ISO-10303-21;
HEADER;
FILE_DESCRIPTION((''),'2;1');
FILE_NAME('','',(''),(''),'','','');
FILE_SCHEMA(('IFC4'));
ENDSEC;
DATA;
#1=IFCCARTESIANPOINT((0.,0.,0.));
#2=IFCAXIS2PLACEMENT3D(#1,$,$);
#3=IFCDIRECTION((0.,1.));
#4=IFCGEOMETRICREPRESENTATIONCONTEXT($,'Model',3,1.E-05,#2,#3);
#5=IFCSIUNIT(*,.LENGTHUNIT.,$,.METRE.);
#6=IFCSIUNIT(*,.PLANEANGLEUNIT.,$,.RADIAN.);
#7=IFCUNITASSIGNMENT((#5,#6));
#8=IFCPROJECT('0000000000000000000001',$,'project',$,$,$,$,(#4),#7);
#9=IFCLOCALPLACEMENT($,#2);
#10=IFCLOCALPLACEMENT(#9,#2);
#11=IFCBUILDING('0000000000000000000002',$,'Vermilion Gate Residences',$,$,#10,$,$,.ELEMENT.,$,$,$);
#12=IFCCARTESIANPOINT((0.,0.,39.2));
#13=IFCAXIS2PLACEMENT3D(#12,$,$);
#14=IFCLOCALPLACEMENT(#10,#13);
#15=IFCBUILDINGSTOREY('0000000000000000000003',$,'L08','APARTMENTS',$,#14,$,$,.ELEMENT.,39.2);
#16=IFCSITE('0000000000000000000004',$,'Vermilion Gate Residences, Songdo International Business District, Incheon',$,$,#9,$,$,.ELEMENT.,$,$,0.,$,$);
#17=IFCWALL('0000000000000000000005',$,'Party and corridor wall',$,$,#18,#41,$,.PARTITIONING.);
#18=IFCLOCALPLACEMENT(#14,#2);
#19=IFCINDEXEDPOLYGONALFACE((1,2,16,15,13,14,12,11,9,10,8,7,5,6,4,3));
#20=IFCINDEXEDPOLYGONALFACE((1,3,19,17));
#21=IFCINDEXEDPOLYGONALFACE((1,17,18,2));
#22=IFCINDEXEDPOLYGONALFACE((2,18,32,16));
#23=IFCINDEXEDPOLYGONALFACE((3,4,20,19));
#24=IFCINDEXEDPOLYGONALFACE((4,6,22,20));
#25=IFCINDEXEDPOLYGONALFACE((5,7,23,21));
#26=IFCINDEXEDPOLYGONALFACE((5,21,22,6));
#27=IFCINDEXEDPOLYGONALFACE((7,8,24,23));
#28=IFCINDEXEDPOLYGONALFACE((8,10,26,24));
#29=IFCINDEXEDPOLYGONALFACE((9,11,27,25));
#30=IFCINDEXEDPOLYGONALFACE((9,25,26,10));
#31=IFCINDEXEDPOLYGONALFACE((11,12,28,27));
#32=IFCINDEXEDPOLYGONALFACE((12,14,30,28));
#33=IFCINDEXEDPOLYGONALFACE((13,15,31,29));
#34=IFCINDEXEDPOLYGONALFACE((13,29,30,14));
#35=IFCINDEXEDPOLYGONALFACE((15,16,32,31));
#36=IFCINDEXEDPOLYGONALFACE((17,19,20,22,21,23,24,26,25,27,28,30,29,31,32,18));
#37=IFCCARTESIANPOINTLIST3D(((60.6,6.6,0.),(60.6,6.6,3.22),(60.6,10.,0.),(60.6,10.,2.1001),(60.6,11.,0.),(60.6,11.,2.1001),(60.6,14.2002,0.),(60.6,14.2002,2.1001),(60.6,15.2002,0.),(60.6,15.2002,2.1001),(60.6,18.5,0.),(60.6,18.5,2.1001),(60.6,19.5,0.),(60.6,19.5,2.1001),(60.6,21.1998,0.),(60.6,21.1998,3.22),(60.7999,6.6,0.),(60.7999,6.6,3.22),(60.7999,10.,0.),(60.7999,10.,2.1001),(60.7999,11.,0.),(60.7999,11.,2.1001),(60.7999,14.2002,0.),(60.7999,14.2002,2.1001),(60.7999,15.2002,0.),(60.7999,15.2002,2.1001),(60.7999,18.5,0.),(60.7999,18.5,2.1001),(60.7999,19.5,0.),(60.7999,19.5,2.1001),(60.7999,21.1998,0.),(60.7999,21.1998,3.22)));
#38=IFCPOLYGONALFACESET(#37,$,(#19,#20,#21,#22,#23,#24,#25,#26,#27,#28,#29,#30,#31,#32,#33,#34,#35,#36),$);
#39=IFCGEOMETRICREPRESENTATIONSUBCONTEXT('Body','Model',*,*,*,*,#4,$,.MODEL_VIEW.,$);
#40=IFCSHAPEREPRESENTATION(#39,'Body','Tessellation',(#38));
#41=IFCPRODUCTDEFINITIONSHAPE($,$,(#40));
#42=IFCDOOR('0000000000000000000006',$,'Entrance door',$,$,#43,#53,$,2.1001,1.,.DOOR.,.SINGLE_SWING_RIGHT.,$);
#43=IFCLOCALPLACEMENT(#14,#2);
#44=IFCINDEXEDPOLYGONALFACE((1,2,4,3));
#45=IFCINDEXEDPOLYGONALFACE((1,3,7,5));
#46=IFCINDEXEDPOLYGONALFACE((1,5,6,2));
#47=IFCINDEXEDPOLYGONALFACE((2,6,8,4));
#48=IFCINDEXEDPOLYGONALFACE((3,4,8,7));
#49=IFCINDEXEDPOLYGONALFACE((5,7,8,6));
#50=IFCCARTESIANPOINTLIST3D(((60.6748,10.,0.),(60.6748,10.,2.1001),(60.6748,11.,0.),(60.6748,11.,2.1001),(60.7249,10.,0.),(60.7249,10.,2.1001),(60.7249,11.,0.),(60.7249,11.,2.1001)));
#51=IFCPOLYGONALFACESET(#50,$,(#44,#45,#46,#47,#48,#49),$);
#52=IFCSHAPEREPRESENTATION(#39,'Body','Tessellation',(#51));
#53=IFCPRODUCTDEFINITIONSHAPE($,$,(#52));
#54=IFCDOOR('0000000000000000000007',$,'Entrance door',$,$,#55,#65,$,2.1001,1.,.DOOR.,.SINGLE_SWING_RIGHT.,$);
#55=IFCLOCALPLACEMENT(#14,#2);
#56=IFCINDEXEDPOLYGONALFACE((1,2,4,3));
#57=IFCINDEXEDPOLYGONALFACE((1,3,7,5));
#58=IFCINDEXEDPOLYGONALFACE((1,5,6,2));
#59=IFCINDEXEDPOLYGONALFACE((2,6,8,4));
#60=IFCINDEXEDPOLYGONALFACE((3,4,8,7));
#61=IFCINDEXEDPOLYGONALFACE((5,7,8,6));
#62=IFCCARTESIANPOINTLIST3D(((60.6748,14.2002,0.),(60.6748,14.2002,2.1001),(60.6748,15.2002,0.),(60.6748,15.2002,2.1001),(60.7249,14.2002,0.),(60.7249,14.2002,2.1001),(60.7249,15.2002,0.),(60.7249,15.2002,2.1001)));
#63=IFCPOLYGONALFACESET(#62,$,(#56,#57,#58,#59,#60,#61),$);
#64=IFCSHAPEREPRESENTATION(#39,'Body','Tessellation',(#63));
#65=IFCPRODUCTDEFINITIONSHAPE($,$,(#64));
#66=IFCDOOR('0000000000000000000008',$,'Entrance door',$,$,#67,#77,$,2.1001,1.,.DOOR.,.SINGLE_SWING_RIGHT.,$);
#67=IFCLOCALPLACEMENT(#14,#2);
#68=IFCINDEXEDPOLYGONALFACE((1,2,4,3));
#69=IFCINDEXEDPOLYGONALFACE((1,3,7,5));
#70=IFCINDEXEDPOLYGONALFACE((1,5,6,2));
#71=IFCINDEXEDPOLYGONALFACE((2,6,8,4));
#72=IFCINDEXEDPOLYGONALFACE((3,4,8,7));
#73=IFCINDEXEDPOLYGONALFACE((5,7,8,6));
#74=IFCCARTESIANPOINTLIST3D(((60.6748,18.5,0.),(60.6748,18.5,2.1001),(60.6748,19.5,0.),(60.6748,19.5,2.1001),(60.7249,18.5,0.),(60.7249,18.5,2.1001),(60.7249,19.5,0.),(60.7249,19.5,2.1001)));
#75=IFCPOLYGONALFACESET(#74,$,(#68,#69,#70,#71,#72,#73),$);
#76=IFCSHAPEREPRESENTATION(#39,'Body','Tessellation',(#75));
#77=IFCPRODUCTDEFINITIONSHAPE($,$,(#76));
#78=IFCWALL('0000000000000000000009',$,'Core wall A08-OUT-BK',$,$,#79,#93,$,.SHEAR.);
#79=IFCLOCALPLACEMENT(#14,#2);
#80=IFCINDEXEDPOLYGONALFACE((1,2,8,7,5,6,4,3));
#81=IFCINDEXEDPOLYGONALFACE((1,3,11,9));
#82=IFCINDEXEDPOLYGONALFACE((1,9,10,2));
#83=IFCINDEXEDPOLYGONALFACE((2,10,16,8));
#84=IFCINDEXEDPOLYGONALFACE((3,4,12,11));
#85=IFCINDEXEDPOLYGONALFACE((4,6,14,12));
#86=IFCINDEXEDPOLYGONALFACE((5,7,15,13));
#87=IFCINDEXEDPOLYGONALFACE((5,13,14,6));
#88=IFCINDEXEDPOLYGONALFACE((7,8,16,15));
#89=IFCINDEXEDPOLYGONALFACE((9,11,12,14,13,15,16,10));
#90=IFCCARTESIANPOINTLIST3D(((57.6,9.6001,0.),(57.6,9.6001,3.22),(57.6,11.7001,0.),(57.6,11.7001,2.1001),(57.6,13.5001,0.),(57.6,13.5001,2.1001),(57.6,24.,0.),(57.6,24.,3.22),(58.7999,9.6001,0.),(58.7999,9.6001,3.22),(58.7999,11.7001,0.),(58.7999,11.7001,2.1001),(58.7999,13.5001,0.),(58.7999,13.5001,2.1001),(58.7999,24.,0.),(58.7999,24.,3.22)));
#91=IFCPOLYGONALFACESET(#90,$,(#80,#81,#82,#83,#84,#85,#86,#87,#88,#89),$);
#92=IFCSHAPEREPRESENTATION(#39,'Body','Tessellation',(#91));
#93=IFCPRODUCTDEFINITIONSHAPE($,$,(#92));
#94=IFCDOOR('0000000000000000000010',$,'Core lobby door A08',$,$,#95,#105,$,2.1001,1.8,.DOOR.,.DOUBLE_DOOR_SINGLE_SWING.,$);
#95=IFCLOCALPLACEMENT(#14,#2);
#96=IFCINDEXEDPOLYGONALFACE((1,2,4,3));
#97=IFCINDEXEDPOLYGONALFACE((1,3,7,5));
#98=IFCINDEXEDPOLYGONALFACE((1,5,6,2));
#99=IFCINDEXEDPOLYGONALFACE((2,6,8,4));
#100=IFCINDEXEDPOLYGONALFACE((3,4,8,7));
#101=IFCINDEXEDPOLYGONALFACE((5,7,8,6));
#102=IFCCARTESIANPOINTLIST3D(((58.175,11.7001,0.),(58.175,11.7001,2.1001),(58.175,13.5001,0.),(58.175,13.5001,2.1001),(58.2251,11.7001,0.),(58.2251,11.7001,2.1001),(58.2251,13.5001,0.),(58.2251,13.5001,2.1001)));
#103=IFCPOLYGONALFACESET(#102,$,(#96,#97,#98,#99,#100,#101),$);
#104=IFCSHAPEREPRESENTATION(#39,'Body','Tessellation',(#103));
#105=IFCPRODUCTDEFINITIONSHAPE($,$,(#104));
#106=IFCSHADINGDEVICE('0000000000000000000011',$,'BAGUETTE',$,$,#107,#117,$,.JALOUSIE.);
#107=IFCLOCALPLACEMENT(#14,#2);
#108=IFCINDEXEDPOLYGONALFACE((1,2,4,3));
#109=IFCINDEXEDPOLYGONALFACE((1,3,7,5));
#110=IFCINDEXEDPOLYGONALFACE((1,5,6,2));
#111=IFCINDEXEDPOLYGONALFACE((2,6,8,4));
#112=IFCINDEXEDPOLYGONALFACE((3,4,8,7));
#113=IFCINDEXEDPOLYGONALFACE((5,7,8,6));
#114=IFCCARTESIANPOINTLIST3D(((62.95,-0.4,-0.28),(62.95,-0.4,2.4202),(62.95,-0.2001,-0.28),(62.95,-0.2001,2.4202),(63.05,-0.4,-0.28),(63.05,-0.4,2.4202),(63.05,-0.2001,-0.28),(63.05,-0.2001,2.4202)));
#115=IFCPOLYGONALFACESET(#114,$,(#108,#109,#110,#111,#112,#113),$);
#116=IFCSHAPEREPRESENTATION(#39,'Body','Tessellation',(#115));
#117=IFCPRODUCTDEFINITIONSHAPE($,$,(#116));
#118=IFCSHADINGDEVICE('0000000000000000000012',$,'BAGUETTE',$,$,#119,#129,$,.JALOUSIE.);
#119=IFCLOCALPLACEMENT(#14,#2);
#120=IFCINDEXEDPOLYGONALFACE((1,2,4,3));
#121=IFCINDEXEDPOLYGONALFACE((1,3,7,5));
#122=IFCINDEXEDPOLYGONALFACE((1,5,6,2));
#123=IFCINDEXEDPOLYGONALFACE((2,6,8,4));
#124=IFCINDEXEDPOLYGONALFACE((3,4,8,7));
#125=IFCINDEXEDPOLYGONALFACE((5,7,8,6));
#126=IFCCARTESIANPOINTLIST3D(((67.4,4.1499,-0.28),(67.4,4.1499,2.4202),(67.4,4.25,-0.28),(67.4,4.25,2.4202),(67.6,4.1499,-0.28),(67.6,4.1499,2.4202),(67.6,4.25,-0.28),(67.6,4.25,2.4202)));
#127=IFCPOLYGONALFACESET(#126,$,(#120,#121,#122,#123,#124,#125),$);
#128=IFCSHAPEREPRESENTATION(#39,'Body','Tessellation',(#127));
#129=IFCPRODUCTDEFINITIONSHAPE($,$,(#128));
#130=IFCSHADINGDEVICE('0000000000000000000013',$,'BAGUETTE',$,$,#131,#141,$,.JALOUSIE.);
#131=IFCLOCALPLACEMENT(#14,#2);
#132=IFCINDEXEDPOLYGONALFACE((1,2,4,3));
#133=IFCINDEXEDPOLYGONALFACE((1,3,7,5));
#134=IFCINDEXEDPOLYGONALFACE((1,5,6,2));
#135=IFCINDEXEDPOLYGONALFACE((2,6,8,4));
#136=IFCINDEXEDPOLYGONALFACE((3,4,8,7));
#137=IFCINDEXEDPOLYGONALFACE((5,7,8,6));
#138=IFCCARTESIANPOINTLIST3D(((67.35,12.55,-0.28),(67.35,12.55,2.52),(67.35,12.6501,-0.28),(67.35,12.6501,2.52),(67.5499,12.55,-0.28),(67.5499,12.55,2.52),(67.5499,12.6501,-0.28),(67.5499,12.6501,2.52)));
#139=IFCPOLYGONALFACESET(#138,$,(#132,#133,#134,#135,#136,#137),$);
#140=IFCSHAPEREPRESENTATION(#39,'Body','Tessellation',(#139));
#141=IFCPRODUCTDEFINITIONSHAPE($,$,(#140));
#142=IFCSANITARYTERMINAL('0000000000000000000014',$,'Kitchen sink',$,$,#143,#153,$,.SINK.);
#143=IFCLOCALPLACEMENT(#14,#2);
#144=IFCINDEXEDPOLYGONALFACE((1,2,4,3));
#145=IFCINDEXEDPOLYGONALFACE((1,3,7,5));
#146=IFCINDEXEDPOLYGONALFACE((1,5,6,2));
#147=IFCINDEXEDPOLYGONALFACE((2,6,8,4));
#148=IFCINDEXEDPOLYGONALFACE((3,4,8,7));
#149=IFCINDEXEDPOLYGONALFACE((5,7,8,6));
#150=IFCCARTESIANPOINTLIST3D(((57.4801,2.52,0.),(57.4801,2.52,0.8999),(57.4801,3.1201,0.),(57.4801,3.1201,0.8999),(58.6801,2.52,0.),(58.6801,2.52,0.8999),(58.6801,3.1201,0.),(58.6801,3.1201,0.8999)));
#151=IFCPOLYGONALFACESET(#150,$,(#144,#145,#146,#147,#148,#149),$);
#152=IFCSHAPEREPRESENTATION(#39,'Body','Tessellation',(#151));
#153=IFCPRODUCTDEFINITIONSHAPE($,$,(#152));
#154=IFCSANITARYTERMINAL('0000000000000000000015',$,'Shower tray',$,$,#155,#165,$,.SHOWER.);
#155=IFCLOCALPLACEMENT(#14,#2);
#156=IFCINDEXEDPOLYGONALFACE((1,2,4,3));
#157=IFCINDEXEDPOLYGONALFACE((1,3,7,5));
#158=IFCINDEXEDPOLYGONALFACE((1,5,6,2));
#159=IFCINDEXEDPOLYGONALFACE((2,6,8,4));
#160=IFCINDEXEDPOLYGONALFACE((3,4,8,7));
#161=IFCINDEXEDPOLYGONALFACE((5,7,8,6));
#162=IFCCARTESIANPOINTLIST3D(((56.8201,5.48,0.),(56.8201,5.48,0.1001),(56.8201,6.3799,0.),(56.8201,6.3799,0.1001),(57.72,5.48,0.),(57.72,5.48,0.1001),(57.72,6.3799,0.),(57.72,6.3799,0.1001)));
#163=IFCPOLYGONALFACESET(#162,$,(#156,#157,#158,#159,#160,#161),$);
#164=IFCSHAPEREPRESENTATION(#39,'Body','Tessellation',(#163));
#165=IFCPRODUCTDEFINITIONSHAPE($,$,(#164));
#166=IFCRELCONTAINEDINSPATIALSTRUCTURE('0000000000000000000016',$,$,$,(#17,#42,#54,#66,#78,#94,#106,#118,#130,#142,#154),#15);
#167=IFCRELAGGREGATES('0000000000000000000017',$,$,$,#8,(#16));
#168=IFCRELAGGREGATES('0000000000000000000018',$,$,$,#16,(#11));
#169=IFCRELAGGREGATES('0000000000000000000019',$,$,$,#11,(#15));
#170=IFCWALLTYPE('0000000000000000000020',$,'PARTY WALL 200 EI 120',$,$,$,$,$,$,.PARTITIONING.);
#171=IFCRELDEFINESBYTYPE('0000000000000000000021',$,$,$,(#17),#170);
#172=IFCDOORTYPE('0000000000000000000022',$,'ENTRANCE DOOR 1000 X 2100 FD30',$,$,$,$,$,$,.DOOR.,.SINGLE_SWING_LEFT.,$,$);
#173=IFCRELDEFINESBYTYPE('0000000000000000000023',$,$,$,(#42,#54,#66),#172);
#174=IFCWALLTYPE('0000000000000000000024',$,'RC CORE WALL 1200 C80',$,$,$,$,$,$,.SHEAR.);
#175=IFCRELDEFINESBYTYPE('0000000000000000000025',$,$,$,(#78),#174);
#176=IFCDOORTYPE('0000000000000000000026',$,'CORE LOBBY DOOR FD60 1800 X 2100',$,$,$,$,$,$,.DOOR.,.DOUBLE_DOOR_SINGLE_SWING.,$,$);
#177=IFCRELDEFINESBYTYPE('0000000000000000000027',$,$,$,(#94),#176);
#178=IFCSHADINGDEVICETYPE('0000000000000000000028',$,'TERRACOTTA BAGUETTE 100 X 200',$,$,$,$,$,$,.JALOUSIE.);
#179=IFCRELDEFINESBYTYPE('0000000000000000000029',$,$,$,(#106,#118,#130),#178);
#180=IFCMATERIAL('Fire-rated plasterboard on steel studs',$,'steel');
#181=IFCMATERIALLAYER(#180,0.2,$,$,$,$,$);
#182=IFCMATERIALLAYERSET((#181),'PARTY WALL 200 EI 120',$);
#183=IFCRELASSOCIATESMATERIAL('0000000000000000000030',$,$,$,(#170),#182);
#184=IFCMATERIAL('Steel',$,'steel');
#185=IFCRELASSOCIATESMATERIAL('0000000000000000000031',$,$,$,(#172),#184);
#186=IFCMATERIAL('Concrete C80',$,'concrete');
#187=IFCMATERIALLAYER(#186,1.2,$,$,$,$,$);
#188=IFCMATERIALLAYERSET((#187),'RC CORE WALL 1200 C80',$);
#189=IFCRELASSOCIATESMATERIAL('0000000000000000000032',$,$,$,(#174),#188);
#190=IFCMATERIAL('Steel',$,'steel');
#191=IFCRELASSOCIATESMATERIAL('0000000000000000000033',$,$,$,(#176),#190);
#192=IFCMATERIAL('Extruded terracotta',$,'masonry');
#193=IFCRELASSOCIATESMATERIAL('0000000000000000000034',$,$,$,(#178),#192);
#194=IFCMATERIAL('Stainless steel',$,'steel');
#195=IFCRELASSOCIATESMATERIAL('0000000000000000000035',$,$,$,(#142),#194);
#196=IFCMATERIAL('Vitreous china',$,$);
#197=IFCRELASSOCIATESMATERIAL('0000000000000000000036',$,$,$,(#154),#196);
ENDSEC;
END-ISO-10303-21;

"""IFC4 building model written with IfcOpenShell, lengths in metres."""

from ifc_helpers import new_model, si_unit, direction, frame, frame_2d, origin, origin_2d, place, context, subcontext, project, spatial, rectangle, extrude, material, layer, layer_set, material_profile, profile_set, type_object, element, fill, save


model = new_model("IFC4")

# Units and contexts
model_context = context("Model", 3, precision=1e-05, world=origin(), true_north=direction((0.0, 1.0)))
body_context = subcontext(model_context, "Body", "Model", "MODEL_VIEW")
ifc_project = project(units=[si_unit("LENGTHUNIT", "METRE"), si_unit("PLANEANGLEUNIT", "RADIAN")], contexts=[model_context])

# Site, building, storey
site_placement = place(None, origin())
site = spatial("IfcSite", under=ifc_project, at=site_placement, Name="Vermilion Gate Residences, Songdo International Business District, Incheon", CompositionType="ELEMENT", RefElevation=0.0)
building_placement = place(site_placement, origin())
building = spatial("IfcBuilding", under=site, at=building_placement, Name="Vermilion Gate Residences", CompositionType="ELEMENT")
storey_placement = place(building_placement, frame((0.0, 0.0, 39.2)))
storey = spatial("IfcBuildingStorey", under=building, at=storey_placement, Name="L08", Description="APARTMENTS", CompositionType="ELEMENT", Elevation=39.2)

# Shared definitions
ifc_material_1 = material(Name="Fire-rated plasterboard on steel studs", Category="steel")
ifc_layer_1 = layer(ifc_material_1, 0.2)
ifc_layer_set_1 = layer_set([ifc_layer_1], Name="PARTY WALL 200 EI 120")
wall_type_1 = type_object("IfcWallType", Name="PARTY WALL 200 EI 120", PredefinedType="PARTITIONING", material=ifc_layer_set_1)

# Wall, openings, doors
wall_1_placement = place(storey_placement, frame((60.7, 6.6001, 0.0), z_axis=(0.0, 0.0, 1.0), x_axis=(0.0, 1.0, 0.0)))
wall_1 = element("IfcWall", 1, at=wall_1_placement, inside=storey, type_object=wall_type_1, Name="Party and corridor wall", PredefinedType="PARTITIONING", context=body_context, shape_type="SweptSolid", body=[
    extrude(rectangle(XDim=14.5999, YDim=0.2, at=frame_2d((7.2998, 0.0))), origin(), (0.0, 0.0, 1.0), 3.22),
])
opening_1_placement = place(wall_1_placement, frame((3.3999, 0.0, 0.0)))
opening_1 = element("IfcOpeningElement", 2, at=opening_1_placement, cuts=wall_1, PredefinedType="OPENING", context=body_context, shape_type="SweptSolid", body=[
    extrude(rectangle(XDim=1.0, YDim=2.1001, at=frame_2d((0.5, 1.05))), frame((0.0, 0.1099, 0.0), z_axis=(0.0, -1.0, 0.0), x_axis=(1.0, 0.0, 0.0)), (0.0, 0.0, 1.0), 0.22),
])
opening_2_placement = place(wall_1_placement, frame((7.6001, 0.0, 0.0)))
opening_2 = element("IfcOpeningElement", 3, at=opening_2_placement, cuts=wall_1, PredefinedType="OPENING", context=body_context, shape_type="SweptSolid", body=[
    extrude(rectangle(XDim=1.0, YDim=2.1001, at=frame_2d((0.5, 1.05))), frame((0.0, 0.1099, 0.0), z_axis=(0.0, -1.0, 0.0), x_axis=(1.0, 0.0, 0.0)), (0.0, 0.0, 1.0), 0.22),
])
opening_3_placement = place(wall_1_placement, frame((11.8999, 0.0, 0.0)))
opening_3 = element("IfcOpeningElement", 4, at=opening_3_placement, cuts=wall_1, PredefinedType="OPENING", context=body_context, shape_type="SweptSolid", body=[
    extrude(rectangle(XDim=1.0, YDim=2.1001, at=frame_2d((0.5, 1.05))), frame((0.0, 0.1099, 0.0), z_axis=(0.0, -1.0, 0.0), x_axis=(1.0, 0.0, 0.0)), (0.0, 0.0, 1.0), 0.22),
])
ifc_material_2 = material(Name="Steel", Category="steel")
door_type_1 = type_object("IfcDoorType", Name="ENTRANCE DOOR 1000 X 2100 FD30", OperationType="SINGLE_SWING_LEFT", PredefinedType="DOOR", material=ifc_material_2)
door_1_placement = place(opening_1_placement, frame((1.0, 0.0, 0.0), z_axis=(0.0, 0.0, 1.0), x_axis=(-1.0, 0.0, 0.0)))
door_1 = element("IfcDoor", 5, at=door_1_placement, inside=storey, type_object=door_type_1, Name="Entrance door", OperationType="SINGLE_SWING_RIGHT", OverallHeight=2.1001, OverallWidth=1.0, PredefinedType="DOOR", context=body_context, shape_type="SweptSolid", body=[
    extrude(rectangle(XDim=1.0, YDim=2.1001, at=frame_2d((0.5, 1.05))), frame((0.0, 0.0249, 0.0), z_axis=(0.0, -1.0, 0.0), x_axis=(1.0, 0.0, 0.0)), (0.0, 0.0, 1.0), 0.05),
])
fill(opening_1, door_1)
door_2_placement = place(opening_2_placement, frame((1.0, 0.0, 0.0), z_axis=(0.0, 0.0, 1.0), x_axis=(-1.0, 0.0, 0.0)))
door_2 = element("IfcDoor", 6, at=door_2_placement, inside=storey, type_object=door_type_1, Name="Entrance door", OperationType="SINGLE_SWING_RIGHT", OverallHeight=2.1001, OverallWidth=1.0, PredefinedType="DOOR", context=body_context, shape_type="SweptSolid", body=[
    extrude(rectangle(XDim=1.0, YDim=2.1001, at=frame_2d((0.5, 1.05))), frame((0.0, 0.0249, 0.0), z_axis=(0.0, -1.0, 0.0), x_axis=(1.0, 0.0, 0.0)), (0.0, 0.0, 1.0), 0.05),
])
fill(opening_2, door_2)
door_3_placement = place(opening_3_placement, frame((1.0, 0.0, 0.0), z_axis=(0.0, 0.0, 1.0), x_axis=(-1.0, 0.0, 0.0)))
door_3 = element("IfcDoor", 7, at=door_3_placement, inside=storey, type_object=door_type_1, Name="Entrance door", OperationType="SINGLE_SWING_RIGHT", OverallHeight=2.1001, OverallWidth=1.0, PredefinedType="DOOR", context=body_context, shape_type="SweptSolid", body=[
    extrude(rectangle(XDim=1.0, YDim=2.1001, at=frame_2d((0.5, 1.05))), frame((0.0, 0.0249, 0.0), z_axis=(0.0, -1.0, 0.0), x_axis=(1.0, 0.0, 0.0)), (0.0, 0.0, 1.0), 0.05),
])
fill(opening_3, door_3)

# Wall, opening, door
ifc_material_3 = material(Name="Concrete C80", Category="concrete")
ifc_layer_2 = layer(ifc_material_3, 1.2)
ifc_layer_set_2 = layer_set([ifc_layer_2], Name="RC CORE WALL 1200 C80")
wall_type_2 = type_object("IfcWallType", Name="RC CORE WALL 1200 C80", PredefinedType="SHEAR", material=ifc_layer_set_2)
wall_2_placement = place(storey_placement, frame((58.2, 9.6001, 0.0), z_axis=(0.0, 0.0, 1.0), x_axis=(0.0, 1.0, 0.0)))
wall_2 = element("IfcWall", 8, at=wall_2_placement, inside=storey, type_object=wall_type_2, Name="Core wall A08-OUT-BK", PredefinedType="SHEAR", context=body_context, shape_type="SweptSolid", body=[
    extrude(rectangle(XDim=14.3999, YDim=1.2, at=frame_2d((7.2, 0.0))), origin(), (0.0, 0.0, 1.0), 3.22),
])
opening_4_placement = place(wall_2_placement, frame((2.1001, 0.0, 0.0)))
opening_4 = element("IfcOpeningElement", 9, at=opening_4_placement, cuts=wall_2, PredefinedType="OPENING", context=body_context, shape_type="SweptSolid", body=[
    extrude(rectangle(XDim=1.8, YDim=2.1001, at=frame_2d((0.8999, 1.05))), frame((0.0, 0.6099, 0.0), z_axis=(0.0, -1.0, 0.0), x_axis=(1.0, 0.0, 0.0)), (0.0, 0.0, 1.0), 1.22),
])
ifc_material_4 = material(Name="Steel", Category="steel")
door_type_2 = type_object("IfcDoorType", Name="CORE LOBBY DOOR FD60 1800 X 2100", OperationType="DOUBLE_DOOR_SINGLE_SWING", PredefinedType="DOOR", material=ifc_material_4)
door_4_placement = place(opening_4_placement, origin())
door_4 = element("IfcDoor", 10, at=door_4_placement, inside=storey, type_object=door_type_2, Name="Core lobby door A08", OperationType="DOUBLE_DOOR_SINGLE_SWING", OverallHeight=2.1001, OverallWidth=1.8, PredefinedType="DOOR", context=body_context, shape_type="SweptSolid", body=[
    extrude(rectangle(XDim=1.8, YDim=2.1001, at=frame_2d((0.8999, 1.05))), frame((0.0, 0.0249, 0.0), z_axis=(0.0, -1.0, 0.0), x_axis=(1.0, 0.0, 0.0)), (0.0, 0.0, 1.0), 0.05),
])
fill(opening_4, door_4)

# Shading devices
ifc_material_5 = material(Name="Extruded terracotta", Category="masonry")
ifc_material_profile_1 = material_profile(ifc_material_5, rectangle(XDim=0.2, YDim=0.1001, at=origin_2d()), Name="BAGUETTE 100 X 200")
ifc_profile_set_1 = profile_set([ifc_material_profile_1], Name="Extruded terracotta")
shading_device_type = type_object("IfcShadingDeviceType", Name="TERRACOTTA BAGUETTE 100 X 200", PredefinedType="JALOUSIE", material=ifc_profile_set_1)
for number, where, z_axis, x_axis, name in (
    (11, (63.0, -0.3, -0.28), (0.0, 0.0, 1.0), (0.0, 1.0, 0.0), "BAGUETTE"),
    (12, (67.5, 4.2, -0.28), (0.0, 0.0, 1.0), (-1.0, 0.0, 0.0), "BAGUETTE"),
):
    element("IfcShadingDevice", number, at=place(storey_placement, frame(where, z_axis=z_axis, x_axis=x_axis)), inside=storey, type_object=shading_device_type, Name=name, PredefinedType="JALOUSIE", context=body_context, shape_type="SweptSolid", body=[
        extrude(rectangle(XDim=0.2, YDim=0.1001, at=origin_2d()), origin(), (0.0, 0.0, 1.0), 2.7002),
    ])
shading_device_placement = place(storey_placement, frame((67.45, 12.6001, -0.28), z_axis=(0.0, 0.0, 1.0), x_axis=(-1.0, 0.0, 0.0)))
element("IfcShadingDevice", 13, at=shading_device_placement, inside=storey, type_object=shading_device_type, Name="BAGUETTE", PredefinedType="JALOUSIE", context=body_context, shape_type="SweptSolid", body=[
    extrude(rectangle(XDim=0.2, YDim=0.1001, at=origin_2d()), origin(), (0.0, 0.0, 1.0), 2.8),
])

# Sanitary terminals
ifc_material_6 = material(Name="Stainless steel", Category="steel")
sanitary_terminal_1_placement = place(storey_placement, frame((58.0801, 2.8201, 0.0), z_axis=(0.0, 0.0, 1.0), x_axis=(1.0, 0.0, 0.0)))
element("IfcSanitaryTerminal", 14, at=sanitary_terminal_1_placement, inside=storey, material=ifc_material_6, Name="Kitchen sink", PredefinedType="SINK", context=body_context, shape_type="SweptSolid", body=[
    extrude(rectangle(XDim=1.2, YDim=0.6001, at=origin_2d()), origin(), (0.0, 0.0, 1.0), 0.8999),
])
ifc_material_7 = material(Name="Vitreous china")
sanitary_terminal_2_placement = place(storey_placement, frame((57.27, 5.9299, 0.0), z_axis=(0.0, 0.0, 1.0), x_axis=(1.0, 0.0, 0.0)))
element("IfcSanitaryTerminal", 15, at=sanitary_terminal_2_placement, inside=storey, material=ifc_material_7, Name="Shower tray", PredefinedType="SHOWER", context=body_context, shape_type="SweptSolid", body=[
    extrude(rectangle(XDim=0.8999, YDim=0.8999, at=origin_2d()), origin(), (0.0, 0.0, 1.0), 0.1001),
])

save(model, "model.ifc")
